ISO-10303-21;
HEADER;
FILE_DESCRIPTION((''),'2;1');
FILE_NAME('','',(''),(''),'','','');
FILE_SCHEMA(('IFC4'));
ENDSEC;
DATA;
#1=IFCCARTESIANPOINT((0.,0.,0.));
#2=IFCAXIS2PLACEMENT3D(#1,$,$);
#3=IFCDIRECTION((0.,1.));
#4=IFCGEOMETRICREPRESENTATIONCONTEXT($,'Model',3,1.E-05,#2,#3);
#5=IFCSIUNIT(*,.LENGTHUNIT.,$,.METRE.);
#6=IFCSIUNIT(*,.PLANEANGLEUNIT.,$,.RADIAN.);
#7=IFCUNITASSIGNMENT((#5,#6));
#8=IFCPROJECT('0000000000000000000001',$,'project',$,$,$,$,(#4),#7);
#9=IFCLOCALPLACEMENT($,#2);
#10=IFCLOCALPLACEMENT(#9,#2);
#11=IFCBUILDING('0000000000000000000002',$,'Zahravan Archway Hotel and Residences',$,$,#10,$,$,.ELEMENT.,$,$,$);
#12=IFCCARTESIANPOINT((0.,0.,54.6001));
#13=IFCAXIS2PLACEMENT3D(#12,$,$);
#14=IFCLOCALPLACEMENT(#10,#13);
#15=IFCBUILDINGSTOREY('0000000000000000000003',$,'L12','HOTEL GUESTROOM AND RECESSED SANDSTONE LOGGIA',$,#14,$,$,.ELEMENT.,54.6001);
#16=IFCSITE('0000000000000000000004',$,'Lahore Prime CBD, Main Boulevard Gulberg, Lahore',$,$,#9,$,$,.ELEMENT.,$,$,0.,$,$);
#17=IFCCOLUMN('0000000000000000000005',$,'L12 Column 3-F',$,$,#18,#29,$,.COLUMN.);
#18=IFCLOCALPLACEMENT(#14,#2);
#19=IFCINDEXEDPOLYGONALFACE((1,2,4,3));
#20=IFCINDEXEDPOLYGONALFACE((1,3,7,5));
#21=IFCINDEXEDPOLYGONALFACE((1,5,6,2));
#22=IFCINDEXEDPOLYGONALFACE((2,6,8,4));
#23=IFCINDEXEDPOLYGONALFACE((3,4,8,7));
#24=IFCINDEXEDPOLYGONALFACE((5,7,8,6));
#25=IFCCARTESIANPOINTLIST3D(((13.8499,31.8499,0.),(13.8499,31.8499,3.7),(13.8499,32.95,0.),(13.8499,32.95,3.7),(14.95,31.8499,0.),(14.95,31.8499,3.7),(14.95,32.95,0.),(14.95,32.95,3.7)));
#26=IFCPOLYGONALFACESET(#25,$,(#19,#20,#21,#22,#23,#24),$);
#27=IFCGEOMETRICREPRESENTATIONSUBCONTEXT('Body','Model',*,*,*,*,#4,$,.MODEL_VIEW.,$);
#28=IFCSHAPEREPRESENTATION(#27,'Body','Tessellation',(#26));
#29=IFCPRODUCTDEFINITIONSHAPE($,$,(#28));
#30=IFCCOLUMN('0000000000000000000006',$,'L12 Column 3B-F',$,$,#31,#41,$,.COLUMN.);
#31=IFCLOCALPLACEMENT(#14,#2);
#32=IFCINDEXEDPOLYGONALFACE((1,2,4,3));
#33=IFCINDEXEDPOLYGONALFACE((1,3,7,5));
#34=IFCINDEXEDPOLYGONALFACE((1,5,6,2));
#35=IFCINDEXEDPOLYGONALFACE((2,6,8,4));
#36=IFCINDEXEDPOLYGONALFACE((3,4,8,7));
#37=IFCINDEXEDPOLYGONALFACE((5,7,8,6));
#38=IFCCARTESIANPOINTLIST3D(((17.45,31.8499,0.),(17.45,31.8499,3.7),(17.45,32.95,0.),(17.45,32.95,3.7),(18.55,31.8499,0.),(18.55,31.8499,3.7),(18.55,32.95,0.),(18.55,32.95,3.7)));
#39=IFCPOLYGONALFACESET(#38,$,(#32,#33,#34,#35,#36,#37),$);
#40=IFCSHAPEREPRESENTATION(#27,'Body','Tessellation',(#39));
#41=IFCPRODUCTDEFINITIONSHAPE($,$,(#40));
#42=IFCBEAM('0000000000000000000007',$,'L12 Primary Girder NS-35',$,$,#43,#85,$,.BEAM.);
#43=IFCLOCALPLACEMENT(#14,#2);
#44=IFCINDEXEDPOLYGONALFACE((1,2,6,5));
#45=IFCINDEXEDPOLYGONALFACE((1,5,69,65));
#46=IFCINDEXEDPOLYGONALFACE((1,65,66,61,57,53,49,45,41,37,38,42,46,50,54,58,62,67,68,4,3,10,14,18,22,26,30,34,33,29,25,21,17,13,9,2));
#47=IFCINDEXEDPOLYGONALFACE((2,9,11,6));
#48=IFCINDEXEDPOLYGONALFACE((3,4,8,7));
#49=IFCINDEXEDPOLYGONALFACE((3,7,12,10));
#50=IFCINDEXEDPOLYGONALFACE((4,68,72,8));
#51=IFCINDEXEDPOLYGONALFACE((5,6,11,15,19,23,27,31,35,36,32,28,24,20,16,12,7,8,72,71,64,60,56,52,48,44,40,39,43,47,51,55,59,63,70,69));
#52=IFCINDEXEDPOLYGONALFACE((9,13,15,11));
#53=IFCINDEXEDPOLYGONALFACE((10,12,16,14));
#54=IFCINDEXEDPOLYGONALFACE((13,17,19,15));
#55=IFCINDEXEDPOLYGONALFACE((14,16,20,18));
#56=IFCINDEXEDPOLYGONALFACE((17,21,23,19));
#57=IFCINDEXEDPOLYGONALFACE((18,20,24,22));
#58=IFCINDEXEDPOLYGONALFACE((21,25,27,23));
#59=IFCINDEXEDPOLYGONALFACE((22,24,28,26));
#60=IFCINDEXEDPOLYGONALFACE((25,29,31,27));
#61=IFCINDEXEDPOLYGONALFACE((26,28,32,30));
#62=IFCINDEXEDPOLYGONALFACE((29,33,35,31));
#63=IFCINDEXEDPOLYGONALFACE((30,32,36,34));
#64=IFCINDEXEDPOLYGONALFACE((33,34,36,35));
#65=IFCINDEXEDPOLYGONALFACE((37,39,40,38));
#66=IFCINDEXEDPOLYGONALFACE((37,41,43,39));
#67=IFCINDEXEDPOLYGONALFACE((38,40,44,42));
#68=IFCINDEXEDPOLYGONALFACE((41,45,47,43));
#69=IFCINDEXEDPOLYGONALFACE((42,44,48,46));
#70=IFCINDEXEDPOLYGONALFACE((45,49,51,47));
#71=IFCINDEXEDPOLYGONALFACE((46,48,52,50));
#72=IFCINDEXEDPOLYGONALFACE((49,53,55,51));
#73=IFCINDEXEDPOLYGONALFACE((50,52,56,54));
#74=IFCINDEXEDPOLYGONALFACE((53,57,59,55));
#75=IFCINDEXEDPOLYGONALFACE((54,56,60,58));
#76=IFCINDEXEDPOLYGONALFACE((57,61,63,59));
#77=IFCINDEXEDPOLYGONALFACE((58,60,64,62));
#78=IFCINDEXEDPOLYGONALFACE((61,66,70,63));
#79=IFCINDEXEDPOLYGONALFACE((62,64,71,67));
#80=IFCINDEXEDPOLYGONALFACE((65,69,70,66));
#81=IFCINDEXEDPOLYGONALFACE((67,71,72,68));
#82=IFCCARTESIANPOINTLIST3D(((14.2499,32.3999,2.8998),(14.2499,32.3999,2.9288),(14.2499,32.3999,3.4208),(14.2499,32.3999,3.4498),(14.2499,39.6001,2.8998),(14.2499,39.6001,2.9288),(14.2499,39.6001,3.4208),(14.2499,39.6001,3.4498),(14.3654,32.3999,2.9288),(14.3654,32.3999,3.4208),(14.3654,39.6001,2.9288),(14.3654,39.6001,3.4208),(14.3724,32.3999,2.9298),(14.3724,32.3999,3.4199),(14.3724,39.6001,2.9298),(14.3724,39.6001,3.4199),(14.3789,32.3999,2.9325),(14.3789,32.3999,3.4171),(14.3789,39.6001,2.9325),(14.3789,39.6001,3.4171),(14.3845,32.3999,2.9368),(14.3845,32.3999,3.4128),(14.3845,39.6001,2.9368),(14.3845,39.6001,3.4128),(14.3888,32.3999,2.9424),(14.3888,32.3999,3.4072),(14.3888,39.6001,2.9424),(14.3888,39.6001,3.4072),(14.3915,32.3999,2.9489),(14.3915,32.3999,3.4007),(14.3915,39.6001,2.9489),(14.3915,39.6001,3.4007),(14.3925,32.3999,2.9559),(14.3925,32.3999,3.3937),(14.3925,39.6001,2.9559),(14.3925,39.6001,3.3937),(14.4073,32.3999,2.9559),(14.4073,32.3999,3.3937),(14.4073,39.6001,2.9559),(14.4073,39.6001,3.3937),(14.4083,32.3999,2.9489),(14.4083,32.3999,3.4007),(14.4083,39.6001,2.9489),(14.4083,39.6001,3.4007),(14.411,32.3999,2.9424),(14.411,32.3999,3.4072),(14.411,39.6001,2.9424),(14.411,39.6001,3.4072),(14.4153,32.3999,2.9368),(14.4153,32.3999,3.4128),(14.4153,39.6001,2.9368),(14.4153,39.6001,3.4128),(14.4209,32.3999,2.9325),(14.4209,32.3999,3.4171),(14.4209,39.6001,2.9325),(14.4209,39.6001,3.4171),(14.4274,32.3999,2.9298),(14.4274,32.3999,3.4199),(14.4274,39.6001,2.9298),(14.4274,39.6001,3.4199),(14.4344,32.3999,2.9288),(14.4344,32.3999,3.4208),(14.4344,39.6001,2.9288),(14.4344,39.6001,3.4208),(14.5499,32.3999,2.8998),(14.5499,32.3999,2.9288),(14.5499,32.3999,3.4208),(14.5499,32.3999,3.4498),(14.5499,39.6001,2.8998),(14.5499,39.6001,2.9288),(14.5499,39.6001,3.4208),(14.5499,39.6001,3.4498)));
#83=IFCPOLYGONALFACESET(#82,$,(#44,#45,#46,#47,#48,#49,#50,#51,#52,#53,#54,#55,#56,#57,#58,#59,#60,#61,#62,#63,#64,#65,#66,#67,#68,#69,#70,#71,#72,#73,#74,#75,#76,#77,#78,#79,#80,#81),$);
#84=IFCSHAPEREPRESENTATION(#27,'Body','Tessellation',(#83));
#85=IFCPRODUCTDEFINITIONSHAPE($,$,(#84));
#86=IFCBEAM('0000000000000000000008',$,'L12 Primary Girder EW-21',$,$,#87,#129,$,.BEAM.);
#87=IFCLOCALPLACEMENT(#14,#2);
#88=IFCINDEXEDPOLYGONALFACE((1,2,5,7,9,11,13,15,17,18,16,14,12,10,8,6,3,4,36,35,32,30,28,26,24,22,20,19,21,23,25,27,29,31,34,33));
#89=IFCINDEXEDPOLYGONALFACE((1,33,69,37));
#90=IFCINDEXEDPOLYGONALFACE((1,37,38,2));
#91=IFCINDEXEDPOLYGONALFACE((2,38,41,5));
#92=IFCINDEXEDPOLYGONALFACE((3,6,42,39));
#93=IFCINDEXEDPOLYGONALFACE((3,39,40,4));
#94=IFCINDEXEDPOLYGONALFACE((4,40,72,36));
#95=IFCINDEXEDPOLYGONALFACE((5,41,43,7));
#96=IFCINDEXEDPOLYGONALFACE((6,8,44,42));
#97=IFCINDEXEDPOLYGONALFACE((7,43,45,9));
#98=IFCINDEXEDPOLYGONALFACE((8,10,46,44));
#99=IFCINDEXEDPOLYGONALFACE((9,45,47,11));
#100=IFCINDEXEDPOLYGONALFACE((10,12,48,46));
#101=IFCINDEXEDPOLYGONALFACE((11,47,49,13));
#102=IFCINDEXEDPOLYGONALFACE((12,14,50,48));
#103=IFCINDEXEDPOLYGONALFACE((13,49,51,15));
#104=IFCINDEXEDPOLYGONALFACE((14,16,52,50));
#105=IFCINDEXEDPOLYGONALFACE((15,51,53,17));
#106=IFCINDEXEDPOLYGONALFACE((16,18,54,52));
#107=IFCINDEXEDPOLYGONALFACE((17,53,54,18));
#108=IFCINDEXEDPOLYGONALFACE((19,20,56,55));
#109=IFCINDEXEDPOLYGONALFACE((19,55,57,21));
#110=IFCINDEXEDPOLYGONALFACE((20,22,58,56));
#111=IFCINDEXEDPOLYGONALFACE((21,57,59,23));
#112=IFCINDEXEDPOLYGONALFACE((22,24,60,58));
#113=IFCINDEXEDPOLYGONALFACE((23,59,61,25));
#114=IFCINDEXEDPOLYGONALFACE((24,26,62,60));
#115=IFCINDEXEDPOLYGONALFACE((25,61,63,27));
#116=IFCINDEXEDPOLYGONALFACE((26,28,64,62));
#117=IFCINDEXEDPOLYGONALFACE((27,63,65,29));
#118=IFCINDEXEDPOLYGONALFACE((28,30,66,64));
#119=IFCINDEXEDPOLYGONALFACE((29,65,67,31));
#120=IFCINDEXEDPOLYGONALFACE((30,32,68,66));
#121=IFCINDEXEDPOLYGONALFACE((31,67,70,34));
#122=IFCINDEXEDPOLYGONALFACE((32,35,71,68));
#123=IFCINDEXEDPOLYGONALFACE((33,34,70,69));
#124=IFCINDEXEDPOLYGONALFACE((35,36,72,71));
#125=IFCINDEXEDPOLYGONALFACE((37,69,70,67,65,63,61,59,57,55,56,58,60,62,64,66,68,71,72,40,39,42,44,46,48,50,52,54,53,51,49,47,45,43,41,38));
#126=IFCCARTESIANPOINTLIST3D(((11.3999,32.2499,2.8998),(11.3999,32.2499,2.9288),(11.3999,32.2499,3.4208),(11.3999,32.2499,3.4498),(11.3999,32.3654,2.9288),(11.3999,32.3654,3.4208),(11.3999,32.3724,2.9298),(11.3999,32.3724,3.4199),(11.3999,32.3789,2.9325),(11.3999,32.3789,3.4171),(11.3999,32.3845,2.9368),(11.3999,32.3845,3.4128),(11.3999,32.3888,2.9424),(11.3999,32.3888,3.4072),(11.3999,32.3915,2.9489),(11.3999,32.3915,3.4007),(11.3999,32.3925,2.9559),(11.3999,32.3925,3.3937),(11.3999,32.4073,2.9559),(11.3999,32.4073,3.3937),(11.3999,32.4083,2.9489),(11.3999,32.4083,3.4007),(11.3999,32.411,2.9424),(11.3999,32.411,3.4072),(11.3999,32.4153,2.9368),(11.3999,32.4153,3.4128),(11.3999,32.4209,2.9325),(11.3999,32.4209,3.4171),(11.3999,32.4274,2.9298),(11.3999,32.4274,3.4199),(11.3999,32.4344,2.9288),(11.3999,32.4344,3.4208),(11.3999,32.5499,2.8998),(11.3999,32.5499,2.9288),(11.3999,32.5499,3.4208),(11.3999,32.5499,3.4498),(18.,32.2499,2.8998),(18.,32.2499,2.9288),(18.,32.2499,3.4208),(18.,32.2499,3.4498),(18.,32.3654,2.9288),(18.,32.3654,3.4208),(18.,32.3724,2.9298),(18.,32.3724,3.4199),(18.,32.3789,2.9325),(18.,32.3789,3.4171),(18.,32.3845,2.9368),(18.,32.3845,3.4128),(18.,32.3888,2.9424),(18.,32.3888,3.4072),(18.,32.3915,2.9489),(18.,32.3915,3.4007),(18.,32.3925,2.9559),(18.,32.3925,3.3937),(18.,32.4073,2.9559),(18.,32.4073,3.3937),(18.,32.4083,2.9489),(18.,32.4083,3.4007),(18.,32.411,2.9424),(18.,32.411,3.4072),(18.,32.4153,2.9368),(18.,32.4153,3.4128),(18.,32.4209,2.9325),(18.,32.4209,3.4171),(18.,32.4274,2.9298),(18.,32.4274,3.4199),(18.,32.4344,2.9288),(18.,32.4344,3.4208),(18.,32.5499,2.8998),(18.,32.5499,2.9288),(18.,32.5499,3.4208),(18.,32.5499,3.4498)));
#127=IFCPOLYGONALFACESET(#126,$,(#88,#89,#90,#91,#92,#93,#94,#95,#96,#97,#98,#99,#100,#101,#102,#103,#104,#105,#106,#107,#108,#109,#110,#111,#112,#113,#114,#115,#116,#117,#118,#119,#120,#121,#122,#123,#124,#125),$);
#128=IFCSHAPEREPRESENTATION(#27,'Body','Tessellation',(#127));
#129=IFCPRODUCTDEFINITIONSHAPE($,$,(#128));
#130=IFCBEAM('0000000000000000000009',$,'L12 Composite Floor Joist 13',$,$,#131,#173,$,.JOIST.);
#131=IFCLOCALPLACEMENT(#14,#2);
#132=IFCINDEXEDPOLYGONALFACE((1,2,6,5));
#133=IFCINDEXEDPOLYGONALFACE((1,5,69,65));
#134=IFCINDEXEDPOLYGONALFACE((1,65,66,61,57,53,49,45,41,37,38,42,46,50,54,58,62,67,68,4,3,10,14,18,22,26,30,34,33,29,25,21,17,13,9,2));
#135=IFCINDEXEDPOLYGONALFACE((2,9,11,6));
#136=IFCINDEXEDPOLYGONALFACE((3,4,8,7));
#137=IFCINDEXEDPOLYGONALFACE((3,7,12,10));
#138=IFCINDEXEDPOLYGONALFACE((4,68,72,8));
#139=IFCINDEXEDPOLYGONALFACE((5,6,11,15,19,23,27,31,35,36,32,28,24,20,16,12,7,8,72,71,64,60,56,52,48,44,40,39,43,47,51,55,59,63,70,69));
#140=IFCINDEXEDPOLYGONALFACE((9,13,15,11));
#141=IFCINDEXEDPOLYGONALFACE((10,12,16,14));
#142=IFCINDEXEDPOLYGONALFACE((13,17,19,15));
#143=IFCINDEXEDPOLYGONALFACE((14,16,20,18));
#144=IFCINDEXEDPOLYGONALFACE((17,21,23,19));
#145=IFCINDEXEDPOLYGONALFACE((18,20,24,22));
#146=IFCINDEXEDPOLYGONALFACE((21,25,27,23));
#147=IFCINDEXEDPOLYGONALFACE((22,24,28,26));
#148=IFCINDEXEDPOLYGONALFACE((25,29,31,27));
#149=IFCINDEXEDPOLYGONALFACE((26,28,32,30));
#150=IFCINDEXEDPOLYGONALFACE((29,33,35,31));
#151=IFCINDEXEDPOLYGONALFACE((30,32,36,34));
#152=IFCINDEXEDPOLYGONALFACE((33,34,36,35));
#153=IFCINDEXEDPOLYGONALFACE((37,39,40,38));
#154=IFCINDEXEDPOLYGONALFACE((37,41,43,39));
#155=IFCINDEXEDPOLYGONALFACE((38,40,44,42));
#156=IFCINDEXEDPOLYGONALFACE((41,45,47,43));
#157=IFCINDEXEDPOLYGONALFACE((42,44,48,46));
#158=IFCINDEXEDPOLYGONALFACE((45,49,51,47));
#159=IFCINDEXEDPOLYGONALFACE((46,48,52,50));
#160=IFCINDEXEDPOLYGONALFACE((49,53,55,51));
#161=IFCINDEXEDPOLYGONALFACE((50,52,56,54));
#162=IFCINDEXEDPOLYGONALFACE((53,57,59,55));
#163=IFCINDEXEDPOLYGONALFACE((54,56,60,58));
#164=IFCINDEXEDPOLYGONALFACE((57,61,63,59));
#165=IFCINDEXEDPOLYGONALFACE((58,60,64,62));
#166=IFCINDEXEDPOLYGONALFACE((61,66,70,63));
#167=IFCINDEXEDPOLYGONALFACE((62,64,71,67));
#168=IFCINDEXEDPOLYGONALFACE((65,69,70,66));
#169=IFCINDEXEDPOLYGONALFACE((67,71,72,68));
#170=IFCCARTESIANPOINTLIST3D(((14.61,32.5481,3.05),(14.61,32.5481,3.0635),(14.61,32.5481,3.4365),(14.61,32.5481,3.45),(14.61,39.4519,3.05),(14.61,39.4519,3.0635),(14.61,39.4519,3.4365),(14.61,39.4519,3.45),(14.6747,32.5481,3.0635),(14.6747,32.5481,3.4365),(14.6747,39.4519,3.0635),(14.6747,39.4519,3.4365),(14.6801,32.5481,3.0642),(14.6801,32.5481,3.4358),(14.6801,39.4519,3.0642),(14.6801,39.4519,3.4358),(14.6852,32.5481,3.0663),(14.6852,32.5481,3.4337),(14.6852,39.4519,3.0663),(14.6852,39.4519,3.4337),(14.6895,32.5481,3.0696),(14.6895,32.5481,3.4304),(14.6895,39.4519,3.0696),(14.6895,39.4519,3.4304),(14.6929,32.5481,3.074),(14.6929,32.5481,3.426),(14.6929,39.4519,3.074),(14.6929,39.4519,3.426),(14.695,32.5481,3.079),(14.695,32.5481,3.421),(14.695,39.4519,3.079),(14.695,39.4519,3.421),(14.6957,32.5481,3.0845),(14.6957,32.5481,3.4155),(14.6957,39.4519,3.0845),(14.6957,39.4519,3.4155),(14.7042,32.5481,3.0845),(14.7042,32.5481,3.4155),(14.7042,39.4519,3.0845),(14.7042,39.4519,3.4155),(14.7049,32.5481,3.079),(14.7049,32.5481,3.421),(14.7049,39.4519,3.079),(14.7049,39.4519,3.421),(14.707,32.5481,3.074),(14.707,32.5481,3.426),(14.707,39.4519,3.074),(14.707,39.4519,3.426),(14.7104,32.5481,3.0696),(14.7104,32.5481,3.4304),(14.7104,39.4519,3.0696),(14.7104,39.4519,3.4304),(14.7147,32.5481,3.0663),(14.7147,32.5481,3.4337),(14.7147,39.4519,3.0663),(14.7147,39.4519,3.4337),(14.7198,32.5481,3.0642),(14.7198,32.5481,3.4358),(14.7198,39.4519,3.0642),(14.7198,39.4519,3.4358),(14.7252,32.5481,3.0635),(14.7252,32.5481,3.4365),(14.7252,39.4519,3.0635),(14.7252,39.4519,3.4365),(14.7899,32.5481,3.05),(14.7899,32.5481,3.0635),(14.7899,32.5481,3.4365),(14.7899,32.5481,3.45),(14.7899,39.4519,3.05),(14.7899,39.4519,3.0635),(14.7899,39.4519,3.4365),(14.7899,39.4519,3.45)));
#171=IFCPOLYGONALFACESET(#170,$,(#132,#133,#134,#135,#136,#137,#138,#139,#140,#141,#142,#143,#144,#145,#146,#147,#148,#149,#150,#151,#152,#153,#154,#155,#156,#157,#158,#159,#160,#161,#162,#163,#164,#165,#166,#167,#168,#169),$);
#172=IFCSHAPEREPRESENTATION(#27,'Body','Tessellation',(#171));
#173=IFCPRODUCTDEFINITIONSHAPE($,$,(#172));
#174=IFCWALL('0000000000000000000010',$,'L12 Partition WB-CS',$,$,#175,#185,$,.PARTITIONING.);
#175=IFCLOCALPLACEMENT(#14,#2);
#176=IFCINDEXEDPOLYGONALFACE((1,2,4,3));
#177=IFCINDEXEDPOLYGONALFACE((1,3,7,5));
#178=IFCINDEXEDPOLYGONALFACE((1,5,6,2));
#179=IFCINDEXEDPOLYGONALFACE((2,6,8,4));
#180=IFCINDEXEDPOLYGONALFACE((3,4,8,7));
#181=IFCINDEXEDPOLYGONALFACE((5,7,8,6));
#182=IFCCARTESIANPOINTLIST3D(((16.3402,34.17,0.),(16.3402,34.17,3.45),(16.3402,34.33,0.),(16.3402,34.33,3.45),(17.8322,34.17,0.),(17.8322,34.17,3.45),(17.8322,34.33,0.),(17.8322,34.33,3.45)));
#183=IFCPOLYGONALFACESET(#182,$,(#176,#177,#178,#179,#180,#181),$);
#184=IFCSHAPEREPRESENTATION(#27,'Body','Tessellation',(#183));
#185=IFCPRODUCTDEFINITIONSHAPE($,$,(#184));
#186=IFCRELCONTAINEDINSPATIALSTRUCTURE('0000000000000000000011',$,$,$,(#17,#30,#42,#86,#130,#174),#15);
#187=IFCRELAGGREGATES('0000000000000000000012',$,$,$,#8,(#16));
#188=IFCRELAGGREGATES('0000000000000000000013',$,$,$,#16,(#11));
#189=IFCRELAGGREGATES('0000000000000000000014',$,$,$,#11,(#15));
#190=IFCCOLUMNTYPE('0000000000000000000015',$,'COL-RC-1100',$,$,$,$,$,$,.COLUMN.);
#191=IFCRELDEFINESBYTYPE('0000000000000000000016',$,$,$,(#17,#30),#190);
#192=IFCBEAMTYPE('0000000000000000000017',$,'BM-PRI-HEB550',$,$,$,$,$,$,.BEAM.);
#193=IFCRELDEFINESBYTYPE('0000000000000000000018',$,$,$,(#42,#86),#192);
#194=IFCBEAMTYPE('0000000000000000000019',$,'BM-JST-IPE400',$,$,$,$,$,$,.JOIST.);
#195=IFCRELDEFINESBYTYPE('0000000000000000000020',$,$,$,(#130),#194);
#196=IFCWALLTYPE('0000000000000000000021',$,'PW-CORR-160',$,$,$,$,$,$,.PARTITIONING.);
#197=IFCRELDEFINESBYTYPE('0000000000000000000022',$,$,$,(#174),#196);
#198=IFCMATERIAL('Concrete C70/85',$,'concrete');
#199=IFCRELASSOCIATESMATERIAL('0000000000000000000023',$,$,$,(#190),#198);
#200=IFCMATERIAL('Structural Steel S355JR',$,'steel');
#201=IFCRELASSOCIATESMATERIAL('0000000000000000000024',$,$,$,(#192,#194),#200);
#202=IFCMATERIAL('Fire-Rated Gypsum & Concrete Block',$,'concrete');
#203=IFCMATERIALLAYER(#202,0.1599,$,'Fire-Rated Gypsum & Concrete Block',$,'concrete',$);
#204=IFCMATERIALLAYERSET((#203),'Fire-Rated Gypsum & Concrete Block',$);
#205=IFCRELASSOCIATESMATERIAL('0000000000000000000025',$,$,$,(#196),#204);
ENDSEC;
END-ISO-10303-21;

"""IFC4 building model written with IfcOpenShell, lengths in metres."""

from ifc_helpers import new_model, si_unit, direction, frame, frame_2d, origin, origin_2d, place, context, subcontext, project, spatial, rectangle, i_section, extrude, source, transform, mapped, material, layer, layer_set, material_profile, profile_set, type_object, type_shapes, element, save


model = new_model("IFC4")

# Units and contexts
model_context = context("Model", 3, precision=1e-05, world=origin(), true_north=direction((0.0, 1.0)))
body_context = subcontext(model_context, "Body", "Model", "MODEL_VIEW")
ifc_project = project(units=[si_unit("LENGTHUNIT", "METRE"), si_unit("PLANEANGLEUNIT", "RADIAN")], contexts=[model_context])

# Site, building, storey
site_placement = place(None, origin())
site = spatial("IfcSite", under=ifc_project, at=site_placement, Name="Lahore Prime CBD, Main Boulevard Gulberg, Lahore", CompositionType="ELEMENT", RefElevation=0.0)
building_placement = place(site_placement, origin())
building = spatial("IfcBuilding", under=site, at=building_placement, Name="Zahravan Archway Hotel and Residences", CompositionType="ELEMENT")
storey_placement = place(building_placement, frame((0.0, 0.0, 54.6001)))
storey = spatial("IfcBuildingStorey", under=building, at=storey_placement, Name="L12", Description="HOTEL GUESTROOM AND RECESSED SANDSTONE LOGGIA", CompositionType="ELEMENT", Elevation=54.6001)

# Columns
ifc_material_1 = material(Name="Concrete C70/85", Category="concrete")
ifc_material_profile_1 = material_profile(ifc_material_1, rectangle(XDim=1.1001, YDim=1.1001, at=origin_2d()), Name="RC 1100x1100", Category="concrete")
ifc_profile_set_1 = profile_set([ifc_material_profile_1], Name="Concrete C70/85")
column_type = type_object("IfcColumnType", Name="COL-RC-1100", PredefinedType="COLUMN", material=ifc_profile_set_1)
shared_shape_1 = source(origin(), body_context, "Body", "SweptSolid", [
    extrude(rectangle(XDim=1.1001, YDim=1.1001, at=origin_2d()), origin(), (0.0, 0.0, 1.0), 3.7),
])
for number, where, z_axis, x_axis, name in (
    (1, (14.3999, 32.3999, 0.0), (0.0, 0.0, 1.0), (1.0, 0.0, 0.0), "L12 Column 3-F"),
    (2, (18.0, 32.3999, 0.0), (0.0, 0.0, 1.0), (1.0, 0.0, 0.0), "L12 Column 3B-F"),
):
    element("IfcColumn", number, at=place(storey_placement, frame(where, z_axis=z_axis, x_axis=x_axis)), inside=storey, type_object=column_type, Name=name, PredefinedType="COLUMN", context=body_context, shape_type="MappedRepresentation", body=[
        mapped(shared_shape_1, transform((0.0, 0.0, 0.0), scale=1.0)),
    ])

# Beams
ifc_material_2 = material(Name="Structural Steel S355JR", Category="steel")
ifc_material_profile_2 = material_profile(ifc_material_2, i_section(OverallWidth=0.3, OverallDepth=0.55, WebThickness=0.0149, FlangeThickness=0.0291, FilletRadius=0.0271, at=origin_2d()), Name="HEB 550", Category="steel")
ifc_profile_set_2 = profile_set([ifc_material_profile_2], Name="Structural Steel S355JR")
beam_type_1 = type_object("IfcBeamType", Name="BM-PRI-HEB550", PredefinedType="BEAM", material=ifc_profile_set_2)
shared_shape_2 = source(origin(), body_context, "Body", "SweptSolid", [
    extrude(i_section(OverallWidth=0.3, OverallDepth=0.55, WebThickness=0.0149, FlangeThickness=0.0291, FilletRadius=0.0271, at=origin_2d()), origin(), (0.0, 0.0, 1.0), 7.2002),
])
type_shapes(beam_type_1, [shared_shape_2])
beam_1_placement = place(storey_placement, frame((14.3999, 32.3999, 3.1748), z_axis=(0.0, 1.0, 0.0), x_axis=(-1.0, 0.0, 0.0)))
element("IfcBeam", 3, at=beam_1_placement, inside=storey, type_object=beam_type_1, Name="L12 Primary Girder NS-35", PredefinedType="BEAM", context=body_context, shape_type="MappedRepresentation", body=[
    mapped(shared_shape_2, transform((0.0, 0.0, 0.0), scale=1.0)),
])
shared_shape_3 = source(origin(), body_context, "Body", "SweptSolid", [
    extrude(i_section(OverallWidth=0.3, OverallDepth=0.55, WebThickness=0.0149, FlangeThickness=0.0291, FilletRadius=0.0271, at=origin_2d()), origin(), (0.0, 0.0, 1.0), 6.6001),
])
beam_2_placement = place(storey_placement, frame((11.3999, 32.3999, 3.1748), z_axis=(1.0, 0.0, 0.0), x_axis=(0.0, 1.0, 0.0)))
element("IfcBeam", 4, at=beam_2_placement, inside=storey, type_object=beam_type_1, Name="L12 Primary Girder EW-21", PredefinedType="BEAM", context=body_context, shape_type="MappedRepresentation", body=[
    mapped(shared_shape_3, transform((0.0, 0.0, 0.0), scale=1.0)),
])
ifc_material_profile_3 = material_profile(ifc_material_2, i_section(OverallWidth=0.1799, OverallDepth=0.3999, WebThickness=0.0085, FlangeThickness=0.0134, FilletRadius=0.021, at=origin_2d()), Name="IPE 400", Category="steel")
ifc_profile_set_3 = profile_set([ifc_material_profile_3], Name="Structural Steel S355JR")
beam_type_2 = type_object("IfcBeamType", Name="BM-JST-IPE400", PredefinedType="JOIST", material=ifc_profile_set_3)
shared_shape_4 = source(origin(), body_context, "Body", "SweptSolid", [
    extrude(i_section(OverallWidth=0.1799, OverallDepth=0.3999, WebThickness=0.0085, FlangeThickness=0.0134, FilletRadius=0.021, at=origin_2d()), origin(), (0.0, 0.0, 1.0), 6.9038),
])
beam_3_placement = place(storey_placement, frame((14.7, 32.5481, 3.25), z_axis=(0.0, 1.0, 0.0), x_axis=(-1.0, 0.0, 0.0)))
element("IfcBeam", 5, at=beam_3_placement, inside=storey, type_object=beam_type_2, Name="L12 Composite Floor Joist 13", PredefinedType="JOIST", context=body_context, shape_type="MappedRepresentation", body=[
    mapped(shared_shape_4, transform((0.0, 0.0, 0.0), scale=1.0)),
])

# Wall
ifc_material_3 = material(Name="Fire-Rated Gypsum & Concrete Block", Category="concrete")
ifc_layer_1 = layer(ifc_material_3, 0.1599, Name="Fire-Rated Gypsum & Concrete Block", Category="concrete")
ifc_layer_set_1 = layer_set([ifc_layer_1], Name="Fire-Rated Gypsum & Concrete Block")
wall_type_1 = type_object("IfcWallType", Name="PW-CORR-160", PredefinedType="PARTITIONING", material=ifc_layer_set_1)
wall_1_placement = place(storey_placement, frame((16.3401, 34.25, 0.0), z_axis=(0.0, 0.0, 1.0), x_axis=(1.0, 0.0, 0.0)))
element("IfcWall", 6, at=wall_1_placement, inside=storey, type_object=wall_type_1, Name="L12 Partition WB-CS", PredefinedType="PARTITIONING", context=body_context, shape_type="SweptSolid", body=[
    extrude(rectangle(XDim=1.4919, YDim=0.1599, at=frame_2d((0.7461, 0.0))), origin(), (0.0, 0.0, 1.0), 3.45),
])

save(model, "model.ifc")
